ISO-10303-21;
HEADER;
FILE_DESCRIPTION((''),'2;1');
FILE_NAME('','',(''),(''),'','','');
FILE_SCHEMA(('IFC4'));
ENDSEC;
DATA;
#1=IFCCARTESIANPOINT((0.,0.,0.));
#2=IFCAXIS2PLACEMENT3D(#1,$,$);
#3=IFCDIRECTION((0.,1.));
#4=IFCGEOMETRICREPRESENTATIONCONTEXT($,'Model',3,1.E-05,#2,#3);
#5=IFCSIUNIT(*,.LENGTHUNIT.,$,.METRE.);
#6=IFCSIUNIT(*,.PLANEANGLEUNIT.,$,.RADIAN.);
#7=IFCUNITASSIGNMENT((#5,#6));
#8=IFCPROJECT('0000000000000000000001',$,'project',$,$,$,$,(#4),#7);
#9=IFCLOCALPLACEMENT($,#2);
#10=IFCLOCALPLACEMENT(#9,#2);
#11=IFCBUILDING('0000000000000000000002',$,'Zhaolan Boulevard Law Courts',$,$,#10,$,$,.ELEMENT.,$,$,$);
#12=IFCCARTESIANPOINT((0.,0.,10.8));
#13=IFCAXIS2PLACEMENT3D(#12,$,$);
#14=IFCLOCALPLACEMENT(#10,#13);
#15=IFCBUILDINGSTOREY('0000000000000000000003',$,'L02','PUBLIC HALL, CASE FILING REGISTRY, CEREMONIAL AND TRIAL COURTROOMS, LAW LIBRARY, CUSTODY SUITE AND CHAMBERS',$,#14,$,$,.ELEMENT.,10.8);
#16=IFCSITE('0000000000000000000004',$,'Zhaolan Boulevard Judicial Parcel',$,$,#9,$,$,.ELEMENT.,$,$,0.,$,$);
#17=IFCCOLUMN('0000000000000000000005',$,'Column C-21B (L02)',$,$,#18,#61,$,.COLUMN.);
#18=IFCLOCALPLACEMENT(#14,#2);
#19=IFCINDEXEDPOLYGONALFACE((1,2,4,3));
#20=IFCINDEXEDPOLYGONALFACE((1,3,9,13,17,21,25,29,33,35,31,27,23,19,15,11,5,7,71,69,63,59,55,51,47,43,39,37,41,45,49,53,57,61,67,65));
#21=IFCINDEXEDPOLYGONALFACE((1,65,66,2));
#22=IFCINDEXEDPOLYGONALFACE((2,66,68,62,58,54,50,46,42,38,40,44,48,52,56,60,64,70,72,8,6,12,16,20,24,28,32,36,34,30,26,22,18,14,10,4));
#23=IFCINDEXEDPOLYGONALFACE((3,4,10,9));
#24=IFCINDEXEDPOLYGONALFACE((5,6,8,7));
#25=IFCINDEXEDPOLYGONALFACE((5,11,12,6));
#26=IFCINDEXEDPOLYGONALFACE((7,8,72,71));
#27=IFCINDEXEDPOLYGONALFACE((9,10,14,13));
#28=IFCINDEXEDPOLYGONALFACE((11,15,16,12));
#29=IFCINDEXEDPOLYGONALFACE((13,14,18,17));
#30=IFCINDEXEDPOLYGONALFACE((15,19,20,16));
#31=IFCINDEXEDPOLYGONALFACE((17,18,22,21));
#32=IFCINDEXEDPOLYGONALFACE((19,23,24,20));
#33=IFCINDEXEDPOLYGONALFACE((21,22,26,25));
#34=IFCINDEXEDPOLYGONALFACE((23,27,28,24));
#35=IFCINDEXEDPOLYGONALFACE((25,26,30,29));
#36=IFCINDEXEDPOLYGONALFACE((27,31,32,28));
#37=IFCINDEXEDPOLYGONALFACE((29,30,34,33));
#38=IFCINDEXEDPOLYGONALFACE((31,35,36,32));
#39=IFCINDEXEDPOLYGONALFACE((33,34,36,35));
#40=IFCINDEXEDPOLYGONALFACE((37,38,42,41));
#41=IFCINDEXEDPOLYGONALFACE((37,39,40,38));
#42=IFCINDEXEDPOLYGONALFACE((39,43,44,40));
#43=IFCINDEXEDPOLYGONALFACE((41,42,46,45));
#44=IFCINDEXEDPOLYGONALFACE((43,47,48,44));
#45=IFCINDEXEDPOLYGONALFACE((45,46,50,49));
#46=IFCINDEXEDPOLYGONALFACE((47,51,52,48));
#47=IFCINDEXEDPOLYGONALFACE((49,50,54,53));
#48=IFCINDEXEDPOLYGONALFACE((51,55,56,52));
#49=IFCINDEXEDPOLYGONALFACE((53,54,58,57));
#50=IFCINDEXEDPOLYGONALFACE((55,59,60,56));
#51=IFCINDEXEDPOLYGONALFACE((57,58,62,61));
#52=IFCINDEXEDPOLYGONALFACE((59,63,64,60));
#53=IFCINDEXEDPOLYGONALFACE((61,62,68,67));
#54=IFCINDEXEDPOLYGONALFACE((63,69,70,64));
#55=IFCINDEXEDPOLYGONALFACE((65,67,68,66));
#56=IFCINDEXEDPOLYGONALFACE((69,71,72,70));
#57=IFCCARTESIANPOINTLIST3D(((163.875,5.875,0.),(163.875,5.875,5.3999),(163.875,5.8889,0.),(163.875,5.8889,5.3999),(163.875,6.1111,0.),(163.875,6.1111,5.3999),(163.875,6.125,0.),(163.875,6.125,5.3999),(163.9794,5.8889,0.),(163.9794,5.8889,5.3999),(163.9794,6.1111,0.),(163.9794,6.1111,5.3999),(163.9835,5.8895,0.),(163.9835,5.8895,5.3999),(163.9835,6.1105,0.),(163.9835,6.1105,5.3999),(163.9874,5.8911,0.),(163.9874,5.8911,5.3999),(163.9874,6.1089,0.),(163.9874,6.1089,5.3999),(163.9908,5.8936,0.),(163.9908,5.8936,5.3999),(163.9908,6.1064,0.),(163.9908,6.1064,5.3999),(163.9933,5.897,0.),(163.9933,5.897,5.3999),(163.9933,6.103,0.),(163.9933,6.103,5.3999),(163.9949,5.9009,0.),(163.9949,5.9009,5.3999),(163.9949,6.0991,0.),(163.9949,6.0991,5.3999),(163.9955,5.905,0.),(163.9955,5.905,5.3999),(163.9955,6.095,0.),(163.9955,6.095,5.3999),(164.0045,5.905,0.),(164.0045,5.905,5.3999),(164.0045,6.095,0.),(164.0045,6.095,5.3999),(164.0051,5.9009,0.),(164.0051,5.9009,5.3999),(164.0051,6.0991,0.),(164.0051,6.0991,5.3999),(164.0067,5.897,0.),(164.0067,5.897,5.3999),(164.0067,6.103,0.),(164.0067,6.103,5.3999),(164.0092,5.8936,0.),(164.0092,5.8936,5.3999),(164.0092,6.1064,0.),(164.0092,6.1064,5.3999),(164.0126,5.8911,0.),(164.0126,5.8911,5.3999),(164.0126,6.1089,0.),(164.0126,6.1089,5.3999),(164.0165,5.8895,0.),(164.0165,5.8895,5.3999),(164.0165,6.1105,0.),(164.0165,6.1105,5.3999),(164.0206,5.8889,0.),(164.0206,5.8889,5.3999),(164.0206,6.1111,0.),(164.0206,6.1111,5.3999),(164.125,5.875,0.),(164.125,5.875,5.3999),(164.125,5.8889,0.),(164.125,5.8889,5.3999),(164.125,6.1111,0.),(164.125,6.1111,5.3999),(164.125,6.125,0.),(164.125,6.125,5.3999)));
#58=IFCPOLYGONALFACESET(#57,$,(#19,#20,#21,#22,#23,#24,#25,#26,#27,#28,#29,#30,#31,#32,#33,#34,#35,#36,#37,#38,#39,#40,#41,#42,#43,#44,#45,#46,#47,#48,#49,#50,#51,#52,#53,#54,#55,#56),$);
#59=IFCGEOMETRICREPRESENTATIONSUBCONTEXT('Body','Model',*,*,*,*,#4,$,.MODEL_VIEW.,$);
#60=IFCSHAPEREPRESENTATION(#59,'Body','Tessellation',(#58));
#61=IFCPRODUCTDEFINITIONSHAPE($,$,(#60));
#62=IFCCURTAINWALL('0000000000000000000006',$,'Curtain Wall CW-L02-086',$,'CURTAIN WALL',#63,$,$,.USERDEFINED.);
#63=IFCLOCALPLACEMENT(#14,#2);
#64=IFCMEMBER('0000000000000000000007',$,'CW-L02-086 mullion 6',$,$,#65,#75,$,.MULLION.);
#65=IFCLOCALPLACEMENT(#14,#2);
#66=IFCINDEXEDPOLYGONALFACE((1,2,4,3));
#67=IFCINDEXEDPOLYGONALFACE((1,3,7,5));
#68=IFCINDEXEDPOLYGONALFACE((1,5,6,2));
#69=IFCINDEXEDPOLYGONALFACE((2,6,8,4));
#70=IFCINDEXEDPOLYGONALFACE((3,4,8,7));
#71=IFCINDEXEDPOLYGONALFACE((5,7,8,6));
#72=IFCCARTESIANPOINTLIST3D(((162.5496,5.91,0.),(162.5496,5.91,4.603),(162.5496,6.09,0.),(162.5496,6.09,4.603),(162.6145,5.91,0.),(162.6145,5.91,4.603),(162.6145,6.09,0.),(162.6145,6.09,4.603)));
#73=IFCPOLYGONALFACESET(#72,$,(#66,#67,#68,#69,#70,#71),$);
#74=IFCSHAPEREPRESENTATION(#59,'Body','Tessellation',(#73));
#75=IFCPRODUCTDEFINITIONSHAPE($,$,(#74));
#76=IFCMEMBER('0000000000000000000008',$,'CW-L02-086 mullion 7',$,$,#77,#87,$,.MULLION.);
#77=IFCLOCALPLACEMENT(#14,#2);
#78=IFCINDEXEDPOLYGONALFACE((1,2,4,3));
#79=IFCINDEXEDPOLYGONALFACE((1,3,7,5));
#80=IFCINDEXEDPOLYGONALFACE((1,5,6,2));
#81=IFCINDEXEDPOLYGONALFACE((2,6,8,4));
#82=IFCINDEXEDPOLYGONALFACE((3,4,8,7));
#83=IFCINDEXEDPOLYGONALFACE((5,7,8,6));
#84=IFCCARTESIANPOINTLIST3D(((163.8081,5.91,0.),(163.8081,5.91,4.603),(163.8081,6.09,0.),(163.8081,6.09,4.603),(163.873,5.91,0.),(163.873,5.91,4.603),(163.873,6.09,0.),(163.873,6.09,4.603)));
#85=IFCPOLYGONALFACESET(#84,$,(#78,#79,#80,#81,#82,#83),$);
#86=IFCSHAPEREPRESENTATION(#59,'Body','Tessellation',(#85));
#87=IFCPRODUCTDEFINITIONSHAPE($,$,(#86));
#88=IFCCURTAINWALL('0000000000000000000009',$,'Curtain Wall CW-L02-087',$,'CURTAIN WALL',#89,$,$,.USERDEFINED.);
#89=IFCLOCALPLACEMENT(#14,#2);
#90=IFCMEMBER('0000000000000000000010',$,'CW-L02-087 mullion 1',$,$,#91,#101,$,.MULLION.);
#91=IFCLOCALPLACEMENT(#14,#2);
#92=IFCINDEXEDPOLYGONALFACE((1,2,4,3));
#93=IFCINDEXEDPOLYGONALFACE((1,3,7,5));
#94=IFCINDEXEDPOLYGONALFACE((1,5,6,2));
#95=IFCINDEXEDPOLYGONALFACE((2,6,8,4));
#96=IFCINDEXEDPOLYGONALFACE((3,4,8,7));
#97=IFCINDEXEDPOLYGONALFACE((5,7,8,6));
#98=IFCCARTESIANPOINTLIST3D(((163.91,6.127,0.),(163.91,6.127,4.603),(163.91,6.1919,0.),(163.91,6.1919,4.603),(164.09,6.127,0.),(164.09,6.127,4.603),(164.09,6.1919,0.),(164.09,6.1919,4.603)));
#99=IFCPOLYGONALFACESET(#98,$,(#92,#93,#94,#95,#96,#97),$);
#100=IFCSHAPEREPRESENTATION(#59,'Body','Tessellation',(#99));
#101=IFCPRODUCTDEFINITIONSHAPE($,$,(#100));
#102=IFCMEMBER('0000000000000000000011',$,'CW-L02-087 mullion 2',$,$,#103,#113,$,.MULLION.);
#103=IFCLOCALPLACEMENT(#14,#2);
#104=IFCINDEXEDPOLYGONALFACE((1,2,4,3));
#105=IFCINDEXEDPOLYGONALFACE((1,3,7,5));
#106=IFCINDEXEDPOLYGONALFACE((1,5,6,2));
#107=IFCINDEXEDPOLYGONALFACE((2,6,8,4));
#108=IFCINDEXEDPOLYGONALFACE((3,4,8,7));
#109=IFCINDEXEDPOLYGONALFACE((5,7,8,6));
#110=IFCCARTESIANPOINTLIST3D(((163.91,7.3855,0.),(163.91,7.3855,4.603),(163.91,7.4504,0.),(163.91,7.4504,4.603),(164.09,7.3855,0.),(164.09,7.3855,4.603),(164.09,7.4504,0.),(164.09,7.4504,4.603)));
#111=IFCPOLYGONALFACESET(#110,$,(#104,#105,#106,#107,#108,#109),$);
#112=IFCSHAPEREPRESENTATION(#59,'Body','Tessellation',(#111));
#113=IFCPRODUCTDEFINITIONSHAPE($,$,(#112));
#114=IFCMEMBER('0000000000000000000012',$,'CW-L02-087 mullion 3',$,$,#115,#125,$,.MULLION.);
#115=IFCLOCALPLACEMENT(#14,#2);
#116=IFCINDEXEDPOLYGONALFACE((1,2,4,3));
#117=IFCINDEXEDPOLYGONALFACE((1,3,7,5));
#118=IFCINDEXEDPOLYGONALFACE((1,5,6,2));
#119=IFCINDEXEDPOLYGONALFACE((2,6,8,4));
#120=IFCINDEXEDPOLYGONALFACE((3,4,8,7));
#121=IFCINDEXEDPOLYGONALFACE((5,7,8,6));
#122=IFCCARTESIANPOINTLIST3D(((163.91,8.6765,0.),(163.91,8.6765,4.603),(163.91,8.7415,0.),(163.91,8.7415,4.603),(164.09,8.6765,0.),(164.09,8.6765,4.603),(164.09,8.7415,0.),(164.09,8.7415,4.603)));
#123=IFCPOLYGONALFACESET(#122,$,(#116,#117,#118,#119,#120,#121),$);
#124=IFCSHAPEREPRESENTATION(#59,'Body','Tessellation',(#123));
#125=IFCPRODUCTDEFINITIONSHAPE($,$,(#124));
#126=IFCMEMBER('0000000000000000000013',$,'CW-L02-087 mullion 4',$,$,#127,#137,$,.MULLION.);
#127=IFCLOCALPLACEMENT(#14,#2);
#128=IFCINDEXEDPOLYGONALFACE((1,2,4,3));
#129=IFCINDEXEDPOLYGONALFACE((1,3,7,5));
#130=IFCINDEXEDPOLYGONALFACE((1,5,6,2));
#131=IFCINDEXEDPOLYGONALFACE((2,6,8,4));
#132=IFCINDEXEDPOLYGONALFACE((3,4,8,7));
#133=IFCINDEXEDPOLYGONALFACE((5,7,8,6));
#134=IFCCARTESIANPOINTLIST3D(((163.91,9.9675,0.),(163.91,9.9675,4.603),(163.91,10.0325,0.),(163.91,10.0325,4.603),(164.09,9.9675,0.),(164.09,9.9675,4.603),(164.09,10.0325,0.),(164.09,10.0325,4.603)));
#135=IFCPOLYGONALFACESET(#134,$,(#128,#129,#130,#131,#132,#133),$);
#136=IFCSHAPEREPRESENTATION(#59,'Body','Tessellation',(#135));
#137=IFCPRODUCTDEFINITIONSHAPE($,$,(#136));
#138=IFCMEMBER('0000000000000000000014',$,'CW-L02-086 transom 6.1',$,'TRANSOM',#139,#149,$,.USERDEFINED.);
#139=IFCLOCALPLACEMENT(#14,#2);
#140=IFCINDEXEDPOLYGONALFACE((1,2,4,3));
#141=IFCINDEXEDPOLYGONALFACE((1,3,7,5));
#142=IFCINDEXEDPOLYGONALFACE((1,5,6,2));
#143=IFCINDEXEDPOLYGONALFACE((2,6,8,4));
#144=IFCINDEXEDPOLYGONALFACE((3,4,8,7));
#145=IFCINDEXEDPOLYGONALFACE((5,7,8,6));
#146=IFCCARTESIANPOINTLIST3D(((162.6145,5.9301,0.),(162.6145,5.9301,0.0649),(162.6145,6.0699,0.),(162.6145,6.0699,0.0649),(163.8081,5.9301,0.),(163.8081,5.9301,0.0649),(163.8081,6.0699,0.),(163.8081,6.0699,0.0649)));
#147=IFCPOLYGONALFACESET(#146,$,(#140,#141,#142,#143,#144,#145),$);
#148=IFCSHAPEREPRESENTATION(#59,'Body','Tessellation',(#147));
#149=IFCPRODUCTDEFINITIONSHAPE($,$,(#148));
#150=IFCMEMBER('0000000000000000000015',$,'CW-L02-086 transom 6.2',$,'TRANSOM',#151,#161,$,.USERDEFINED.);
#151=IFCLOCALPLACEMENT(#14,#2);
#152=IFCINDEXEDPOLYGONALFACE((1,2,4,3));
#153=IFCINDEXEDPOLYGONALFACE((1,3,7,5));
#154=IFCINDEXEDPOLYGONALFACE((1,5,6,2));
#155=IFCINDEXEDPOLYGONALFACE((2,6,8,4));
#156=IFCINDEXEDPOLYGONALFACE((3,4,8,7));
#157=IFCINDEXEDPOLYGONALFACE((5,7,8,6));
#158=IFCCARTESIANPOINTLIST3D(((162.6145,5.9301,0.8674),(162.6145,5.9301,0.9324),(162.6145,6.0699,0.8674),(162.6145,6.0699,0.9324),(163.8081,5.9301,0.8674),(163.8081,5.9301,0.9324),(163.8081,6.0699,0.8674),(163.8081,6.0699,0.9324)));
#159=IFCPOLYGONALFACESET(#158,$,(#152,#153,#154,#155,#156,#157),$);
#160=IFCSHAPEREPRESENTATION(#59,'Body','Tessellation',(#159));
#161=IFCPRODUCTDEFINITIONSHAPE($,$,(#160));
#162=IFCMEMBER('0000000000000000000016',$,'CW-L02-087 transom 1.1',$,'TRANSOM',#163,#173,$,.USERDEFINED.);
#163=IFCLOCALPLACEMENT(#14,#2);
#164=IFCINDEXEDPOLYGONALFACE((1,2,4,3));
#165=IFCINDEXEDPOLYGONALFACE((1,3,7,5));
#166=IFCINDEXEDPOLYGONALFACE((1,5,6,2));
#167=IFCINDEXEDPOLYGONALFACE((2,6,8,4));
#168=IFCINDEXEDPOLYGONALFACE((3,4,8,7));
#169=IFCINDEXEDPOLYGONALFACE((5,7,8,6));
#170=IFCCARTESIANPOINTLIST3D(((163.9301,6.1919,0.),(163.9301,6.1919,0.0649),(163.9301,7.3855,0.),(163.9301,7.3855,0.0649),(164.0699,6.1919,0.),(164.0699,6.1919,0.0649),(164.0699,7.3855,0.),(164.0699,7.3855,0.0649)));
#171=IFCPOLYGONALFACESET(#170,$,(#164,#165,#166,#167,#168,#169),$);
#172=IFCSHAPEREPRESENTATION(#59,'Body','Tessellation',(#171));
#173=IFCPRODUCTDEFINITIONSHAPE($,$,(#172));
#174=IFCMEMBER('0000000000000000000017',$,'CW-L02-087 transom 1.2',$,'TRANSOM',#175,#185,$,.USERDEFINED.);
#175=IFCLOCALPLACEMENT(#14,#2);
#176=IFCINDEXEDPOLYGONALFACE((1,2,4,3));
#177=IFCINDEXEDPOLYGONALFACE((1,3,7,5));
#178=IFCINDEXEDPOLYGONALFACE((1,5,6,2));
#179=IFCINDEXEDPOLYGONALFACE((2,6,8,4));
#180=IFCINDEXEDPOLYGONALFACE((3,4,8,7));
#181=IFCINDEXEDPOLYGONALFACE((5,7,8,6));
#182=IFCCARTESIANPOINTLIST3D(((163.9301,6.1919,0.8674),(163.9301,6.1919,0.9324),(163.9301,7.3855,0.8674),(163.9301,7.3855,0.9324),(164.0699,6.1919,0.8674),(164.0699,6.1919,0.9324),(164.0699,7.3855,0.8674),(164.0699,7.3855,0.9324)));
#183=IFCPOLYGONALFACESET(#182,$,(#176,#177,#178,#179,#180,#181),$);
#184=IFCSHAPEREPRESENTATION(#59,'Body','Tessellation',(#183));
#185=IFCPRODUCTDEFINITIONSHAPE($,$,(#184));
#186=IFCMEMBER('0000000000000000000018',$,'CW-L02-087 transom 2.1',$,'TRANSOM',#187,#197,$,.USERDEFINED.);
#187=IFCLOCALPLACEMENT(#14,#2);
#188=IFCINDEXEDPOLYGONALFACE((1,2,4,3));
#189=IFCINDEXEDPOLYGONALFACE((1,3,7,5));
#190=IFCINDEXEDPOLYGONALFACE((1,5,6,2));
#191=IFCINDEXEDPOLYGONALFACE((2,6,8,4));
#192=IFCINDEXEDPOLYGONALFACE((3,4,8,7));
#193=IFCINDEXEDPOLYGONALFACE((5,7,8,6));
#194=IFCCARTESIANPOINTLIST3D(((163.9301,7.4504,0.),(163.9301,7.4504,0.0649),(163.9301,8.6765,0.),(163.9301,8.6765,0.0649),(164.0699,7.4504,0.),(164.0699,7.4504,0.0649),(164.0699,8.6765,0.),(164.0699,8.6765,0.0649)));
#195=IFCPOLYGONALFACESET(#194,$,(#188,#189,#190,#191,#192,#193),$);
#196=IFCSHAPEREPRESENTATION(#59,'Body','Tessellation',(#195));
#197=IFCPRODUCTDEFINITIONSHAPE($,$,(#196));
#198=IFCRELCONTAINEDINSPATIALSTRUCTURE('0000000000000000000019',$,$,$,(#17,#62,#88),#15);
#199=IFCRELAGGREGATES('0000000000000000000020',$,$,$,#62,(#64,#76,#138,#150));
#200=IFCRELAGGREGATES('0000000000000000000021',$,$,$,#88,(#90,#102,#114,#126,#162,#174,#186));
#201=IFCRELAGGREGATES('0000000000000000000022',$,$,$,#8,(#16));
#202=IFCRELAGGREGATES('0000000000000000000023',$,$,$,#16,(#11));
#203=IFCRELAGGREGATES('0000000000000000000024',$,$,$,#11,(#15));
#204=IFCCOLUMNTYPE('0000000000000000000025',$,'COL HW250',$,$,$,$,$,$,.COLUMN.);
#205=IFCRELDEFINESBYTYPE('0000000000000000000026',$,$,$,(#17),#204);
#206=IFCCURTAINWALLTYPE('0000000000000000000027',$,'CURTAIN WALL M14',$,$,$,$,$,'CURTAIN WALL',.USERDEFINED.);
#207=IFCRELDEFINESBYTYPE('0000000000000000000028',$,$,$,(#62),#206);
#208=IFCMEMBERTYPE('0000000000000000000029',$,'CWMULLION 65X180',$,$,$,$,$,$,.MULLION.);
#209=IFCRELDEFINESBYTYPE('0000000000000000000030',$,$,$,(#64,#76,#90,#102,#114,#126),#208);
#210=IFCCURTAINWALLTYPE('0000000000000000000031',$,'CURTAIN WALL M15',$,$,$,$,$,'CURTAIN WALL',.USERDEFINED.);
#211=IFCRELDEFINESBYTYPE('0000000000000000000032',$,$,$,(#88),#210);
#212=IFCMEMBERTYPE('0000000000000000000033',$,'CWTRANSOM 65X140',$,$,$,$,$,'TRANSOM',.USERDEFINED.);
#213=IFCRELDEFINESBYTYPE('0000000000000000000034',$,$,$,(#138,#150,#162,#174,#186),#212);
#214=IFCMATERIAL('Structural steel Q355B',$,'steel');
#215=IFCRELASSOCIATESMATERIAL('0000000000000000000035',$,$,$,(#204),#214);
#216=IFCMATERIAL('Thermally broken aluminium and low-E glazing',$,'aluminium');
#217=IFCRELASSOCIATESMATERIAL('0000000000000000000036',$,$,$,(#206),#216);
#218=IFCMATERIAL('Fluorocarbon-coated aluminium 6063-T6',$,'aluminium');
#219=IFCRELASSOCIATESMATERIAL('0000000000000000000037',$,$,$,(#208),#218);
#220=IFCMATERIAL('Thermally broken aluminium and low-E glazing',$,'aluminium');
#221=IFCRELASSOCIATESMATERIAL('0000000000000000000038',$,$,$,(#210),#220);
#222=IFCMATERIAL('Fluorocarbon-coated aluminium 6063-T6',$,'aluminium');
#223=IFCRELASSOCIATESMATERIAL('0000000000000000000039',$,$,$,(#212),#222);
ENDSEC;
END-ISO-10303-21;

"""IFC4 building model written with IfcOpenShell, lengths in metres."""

from ifc_helpers import new_model, si_unit, direction, frame, origin, origin_2d, place, context, subcontext, project, spatial, rectangle, i_section, extrude, material, material_profile, profile_set, type_object, element, aggregate, save


model = new_model("IFC4")

# Units and contexts
model_context = context("Model", 3, precision=1e-05, world=origin(), true_north=direction((0.0, 1.0)))
body_context = subcontext(model_context, "Body", "Model", "MODEL_VIEW")
ifc_project = project(units=[si_unit("LENGTHUNIT", "METRE"), si_unit("PLANEANGLEUNIT", "RADIAN")], contexts=[model_context])

# Site, building, storey
site_placement = place(None, origin())
site = spatial("IfcSite", under=ifc_project, at=site_placement, Name="Zhaolan Boulevard Judicial Parcel", CompositionType="ELEMENT", RefElevation=0.0)
building_placement = place(site_placement, origin())
building = spatial("IfcBuilding", under=site, at=building_placement, Name="Zhaolan Boulevard Law Courts", CompositionType="ELEMENT")
storey_placement = place(building_placement, frame((0.0, 0.0, 10.8)))
storey = spatial("IfcBuildingStorey", under=building, at=storey_placement, Name="L02", Description="PUBLIC HALL, CASE FILING REGISTRY, CEREMONIAL AND TRIAL COURTROOMS, LAW LIBRARY, CUSTODY SUITE AND CHAMBERS", CompositionType="ELEMENT", Elevation=10.8)

# Column
ifc_material_1 = material(Name="Structural steel Q355B", Category="steel")
ifc_material_profile_1 = material_profile(ifc_material_1, i_section(OverallWidth=0.25, OverallDepth=0.25, WebThickness=0.009, FlangeThickness=0.0139, FilletRadius=0.0161, at=origin_2d()), Name="HW250x250")
ifc_profile_set_1 = profile_set([ifc_material_profile_1], Name="Structural steel Q355B")
column_type = type_object("IfcColumnType", Name="COL HW250", PredefinedType="COLUMN", material=ifc_profile_set_1)
column_placement = place(storey_placement, frame((164.0, 6.0, 0.0), z_axis=(0.0, 0.0, 1.0), x_axis=(1.0, 0.0, 0.0)))
element("IfcColumn", 1, at=column_placement, inside=storey, type_object=column_type, Name="Column C-21B (L02)", PredefinedType="COLUMN", context=body_context, shape_type="SweptSolid", body=[
    extrude(i_section(OverallWidth=0.25, OverallDepth=0.25, WebThickness=0.009, FlangeThickness=0.0139, FilletRadius=0.0161, at=origin_2d()), origin(), (0.0, 0.0, 1.0), 5.3999),
])

# Curtain walls, members
ifc_material_2 = material(Name="Thermally broken aluminium and low-E glazing", Category="aluminium")
curtain_wall_type_1 = type_object("IfcCurtainWallType", Name="CURTAIN WALL M14", ElementType="CURTAIN WALL", PredefinedType="USERDEFINED", material=ifc_material_2)
curtain_wall_1_placement = place(storey_placement, origin())
curtain_wall_1 = element("IfcCurtainWall", 2, at=curtain_wall_1_placement, inside=storey, type_object=curtain_wall_type_1, Name="Curtain Wall CW-L02-086", ObjectType="CURTAIN WALL", PredefinedType="USERDEFINED")
ifc_material_3 = material(Name="Fluorocarbon-coated aluminium 6063-T6", Category="aluminium")
ifc_material_profile_2 = material_profile(ifc_material_3, rectangle(XDim=0.1799, YDim=0.0649, at=origin_2d()), Name="AL65x180")
ifc_profile_set_2 = profile_set([ifc_material_profile_2], Name="Fluorocarbon-coated aluminium 6063-T6")
member_type_1 = type_object("IfcMemberType", Name="CWMULLION 65X180", PredefinedType="MULLION", material=ifc_profile_set_2)
member_1_placement = place(storey_placement, frame((162.582, 6.0, 0.0), z_axis=(0.0, 0.0, 1.0), x_axis=(0.0, 1.0, 0.0)))
member_1 = element("IfcMember", 3, at=member_1_placement, type_object=member_type_1, Name="CW-L02-086 mullion 6", PredefinedType="MULLION", context=body_context, shape_type="SweptSolid", body=[
    extrude(rectangle(XDim=0.1799, YDim=0.0649, at=origin_2d()), origin(), (0.0, 0.0, 1.0), 4.603),
])
member_2_placement = place(storey_placement, frame((163.8406, 6.0, 0.0), z_axis=(0.0, 0.0, 1.0), x_axis=(0.0, 1.0, 0.0)))
member_2 = element("IfcMember", 4, at=member_2_placement, type_object=member_type_1, Name="CW-L02-086 mullion 7", PredefinedType="MULLION", context=body_context, shape_type="SweptSolid", body=[
    extrude(rectangle(XDim=0.1799, YDim=0.0649, at=origin_2d()), origin(), (0.0, 0.0, 1.0), 4.603),
])
ifc_material_4 = material(Name="Thermally broken aluminium and low-E glazing", Category="aluminium")
curtain_wall_type_2 = type_object("IfcCurtainWallType", Name="CURTAIN WALL M15", ElementType="CURTAIN WALL", PredefinedType="USERDEFINED", material=ifc_material_4)
curtain_wall_2_placement = place(storey_placement, origin())
curtain_wall_2 = element("IfcCurtainWall", 5, at=curtain_wall_2_placement, inside=storey, type_object=curtain_wall_type_2, Name="Curtain Wall CW-L02-087", ObjectType="CURTAIN WALL", PredefinedType="USERDEFINED")
member_3_placement = place(storey_placement, frame((164.0, 6.1594, 0.0), z_axis=(0.0, 0.0, 1.0), x_axis=(-1.0, 0.0, 0.0)))
member_3 = element("IfcMember", 6, at=member_3_placement, type_object=member_type_1, Name="CW-L02-087 mullion 1", PredefinedType="MULLION", context=body_context, shape_type="SweptSolid", body=[
    extrude(rectangle(XDim=0.1799, YDim=0.0649, at=origin_2d()), origin(), (0.0, 0.0, 1.0), 4.603),
])
member_4_placement = place(storey_placement, frame((164.0, 7.418, 0.0), z_axis=(0.0, 0.0, 1.0), x_axis=(-1.0, 0.0, 0.0)))
member_4 = element("IfcMember", 7, at=member_4_placement, type_object=member_type_1, Name="CW-L02-087 mullion 2", PredefinedType="MULLION", context=body_context, shape_type="SweptSolid", body=[
    extrude(rectangle(XDim=0.1799, YDim=0.0649, at=origin_2d()), origin(), (0.0, 0.0, 1.0), 4.603),
])
member_5_placement = place(storey_placement, frame((164.0, 8.709, 0.0), z_axis=(0.0, 0.0, 1.0), x_axis=(-1.0, 0.0, 0.0)))
member_5 = element("IfcMember", 8, at=member_5_placement, type_object=member_type_1, Name="CW-L02-087 mullion 3", PredefinedType="MULLION", context=body_context, shape_type="SweptSolid", body=[
    extrude(rectangle(XDim=0.1799, YDim=0.0649, at=origin_2d()), origin(), (0.0, 0.0, 1.0), 4.603),
])
member_6_placement = place(storey_placement, frame((164.0, 10.0, 0.0), z_axis=(0.0, 0.0, 1.0), x_axis=(-1.0, 0.0, 0.0)))
member_6 = element("IfcMember", 9, at=member_6_placement, type_object=member_type_1, Name="CW-L02-087 mullion 4", PredefinedType="MULLION", context=body_context, shape_type="SweptSolid", body=[
    extrude(rectangle(XDim=0.1799, YDim=0.0649, at=origin_2d()), origin(), (0.0, 0.0, 1.0), 4.603),
])

# Members
ifc_material_5 = material(Name="Fluorocarbon-coated aluminium 6063-T6", Category="aluminium")
ifc_material_profile_3 = material_profile(ifc_material_5, rectangle(XDim=0.1399, YDim=0.0649, at=origin_2d()), Name="AL65x140")
ifc_profile_set_3 = profile_set([ifc_material_profile_3], Name="Fluorocarbon-coated aluminium 6063-T6")
member_type_2 = type_object("IfcMemberType", Name="CWTRANSOM 65X140", ElementType="TRANSOM", PredefinedType="USERDEFINED", material=ifc_profile_set_3)
member_7_placement = place(storey_placement, frame((162.6145, 6.0, 0.0325), z_axis=(1.0, 0.0, 0.0), x_axis=(0.0, 1.0, 0.0)))
member_7 = element("IfcMember", 10, at=member_7_placement, type_object=member_type_2, Name="CW-L02-086 transom 6.1", ObjectType="TRANSOM", PredefinedType="USERDEFINED", context=body_context, shape_type="SweptSolid", body=[
    extrude(rectangle(XDim=0.1399, YDim=0.0649, at=origin_2d()), origin(), (0.0, 0.0, 1.0), 1.1936),
])
member_8_placement = place(storey_placement, frame((162.6145, 6.0, 0.8999), z_axis=(1.0, 0.0, 0.0), x_axis=(0.0, 1.0, 0.0)))
member_8 = element("IfcMember", 11, at=member_8_placement, type_object=member_type_2, Name="CW-L02-086 transom 6.2", ObjectType="TRANSOM", PredefinedType="USERDEFINED", context=body_context, shape_type="SweptSolid", body=[
    extrude(rectangle(XDim=0.1399, YDim=0.0649, at=origin_2d()), origin(), (0.0, 0.0, 1.0), 1.1936),
])
member_9_placement = place(storey_placement, frame((164.0, 6.1919, 0.0325), z_axis=(0.0, 1.0, 0.0), x_axis=(-1.0, 0.0, 0.0)))
member_9 = element("IfcMember", 12, at=member_9_placement, type_object=member_type_2, Name="CW-L02-087 transom 1.1", ObjectType="TRANSOM", PredefinedType="USERDEFINED", context=body_context, shape_type="SweptSolid", body=[
    extrude(rectangle(XDim=0.1399, YDim=0.0649, at=origin_2d()), origin(), (0.0, 0.0, 1.0), 1.1936),
])
member_10_placement = place(storey_placement, frame((164.0, 6.1919, 0.8999), z_axis=(0.0, 1.0, 0.0), x_axis=(-1.0, 0.0, 0.0)))
member_10 = element("IfcMember", 13, at=member_10_placement, type_object=member_type_2, Name="CW-L02-087 transom 1.2", ObjectType="TRANSOM", PredefinedType="USERDEFINED", context=body_context, shape_type="SweptSolid", body=[
    extrude(rectangle(XDim=0.1399, YDim=0.0649, at=origin_2d()), origin(), (0.0, 0.0, 1.0), 1.1936),
])
member_11_placement = place(storey_placement, frame((164.0, 7.4504, 0.0325), z_axis=(0.0, 1.0, 0.0), x_axis=(-1.0, 0.0, 0.0)))
member_11 = element("IfcMember", 14, at=member_11_placement, type_object=member_type_2, Name="CW-L02-087 transom 2.1", ObjectType="TRANSOM", PredefinedType="USERDEFINED", context=body_context, shape_type="SweptSolid", body=[
    extrude(rectangle(XDim=0.1399, YDim=0.0649, at=origin_2d()), origin(), (0.0, 0.0, 1.0), 1.2261),
])

aggregate(curtain_wall_1, [member_1, member_2, member_7, member_8])
aggregate(curtain_wall_2, [member_3, member_4, member_5, member_6, member_9, member_10, member_11])

save(model, "model.ifc")
